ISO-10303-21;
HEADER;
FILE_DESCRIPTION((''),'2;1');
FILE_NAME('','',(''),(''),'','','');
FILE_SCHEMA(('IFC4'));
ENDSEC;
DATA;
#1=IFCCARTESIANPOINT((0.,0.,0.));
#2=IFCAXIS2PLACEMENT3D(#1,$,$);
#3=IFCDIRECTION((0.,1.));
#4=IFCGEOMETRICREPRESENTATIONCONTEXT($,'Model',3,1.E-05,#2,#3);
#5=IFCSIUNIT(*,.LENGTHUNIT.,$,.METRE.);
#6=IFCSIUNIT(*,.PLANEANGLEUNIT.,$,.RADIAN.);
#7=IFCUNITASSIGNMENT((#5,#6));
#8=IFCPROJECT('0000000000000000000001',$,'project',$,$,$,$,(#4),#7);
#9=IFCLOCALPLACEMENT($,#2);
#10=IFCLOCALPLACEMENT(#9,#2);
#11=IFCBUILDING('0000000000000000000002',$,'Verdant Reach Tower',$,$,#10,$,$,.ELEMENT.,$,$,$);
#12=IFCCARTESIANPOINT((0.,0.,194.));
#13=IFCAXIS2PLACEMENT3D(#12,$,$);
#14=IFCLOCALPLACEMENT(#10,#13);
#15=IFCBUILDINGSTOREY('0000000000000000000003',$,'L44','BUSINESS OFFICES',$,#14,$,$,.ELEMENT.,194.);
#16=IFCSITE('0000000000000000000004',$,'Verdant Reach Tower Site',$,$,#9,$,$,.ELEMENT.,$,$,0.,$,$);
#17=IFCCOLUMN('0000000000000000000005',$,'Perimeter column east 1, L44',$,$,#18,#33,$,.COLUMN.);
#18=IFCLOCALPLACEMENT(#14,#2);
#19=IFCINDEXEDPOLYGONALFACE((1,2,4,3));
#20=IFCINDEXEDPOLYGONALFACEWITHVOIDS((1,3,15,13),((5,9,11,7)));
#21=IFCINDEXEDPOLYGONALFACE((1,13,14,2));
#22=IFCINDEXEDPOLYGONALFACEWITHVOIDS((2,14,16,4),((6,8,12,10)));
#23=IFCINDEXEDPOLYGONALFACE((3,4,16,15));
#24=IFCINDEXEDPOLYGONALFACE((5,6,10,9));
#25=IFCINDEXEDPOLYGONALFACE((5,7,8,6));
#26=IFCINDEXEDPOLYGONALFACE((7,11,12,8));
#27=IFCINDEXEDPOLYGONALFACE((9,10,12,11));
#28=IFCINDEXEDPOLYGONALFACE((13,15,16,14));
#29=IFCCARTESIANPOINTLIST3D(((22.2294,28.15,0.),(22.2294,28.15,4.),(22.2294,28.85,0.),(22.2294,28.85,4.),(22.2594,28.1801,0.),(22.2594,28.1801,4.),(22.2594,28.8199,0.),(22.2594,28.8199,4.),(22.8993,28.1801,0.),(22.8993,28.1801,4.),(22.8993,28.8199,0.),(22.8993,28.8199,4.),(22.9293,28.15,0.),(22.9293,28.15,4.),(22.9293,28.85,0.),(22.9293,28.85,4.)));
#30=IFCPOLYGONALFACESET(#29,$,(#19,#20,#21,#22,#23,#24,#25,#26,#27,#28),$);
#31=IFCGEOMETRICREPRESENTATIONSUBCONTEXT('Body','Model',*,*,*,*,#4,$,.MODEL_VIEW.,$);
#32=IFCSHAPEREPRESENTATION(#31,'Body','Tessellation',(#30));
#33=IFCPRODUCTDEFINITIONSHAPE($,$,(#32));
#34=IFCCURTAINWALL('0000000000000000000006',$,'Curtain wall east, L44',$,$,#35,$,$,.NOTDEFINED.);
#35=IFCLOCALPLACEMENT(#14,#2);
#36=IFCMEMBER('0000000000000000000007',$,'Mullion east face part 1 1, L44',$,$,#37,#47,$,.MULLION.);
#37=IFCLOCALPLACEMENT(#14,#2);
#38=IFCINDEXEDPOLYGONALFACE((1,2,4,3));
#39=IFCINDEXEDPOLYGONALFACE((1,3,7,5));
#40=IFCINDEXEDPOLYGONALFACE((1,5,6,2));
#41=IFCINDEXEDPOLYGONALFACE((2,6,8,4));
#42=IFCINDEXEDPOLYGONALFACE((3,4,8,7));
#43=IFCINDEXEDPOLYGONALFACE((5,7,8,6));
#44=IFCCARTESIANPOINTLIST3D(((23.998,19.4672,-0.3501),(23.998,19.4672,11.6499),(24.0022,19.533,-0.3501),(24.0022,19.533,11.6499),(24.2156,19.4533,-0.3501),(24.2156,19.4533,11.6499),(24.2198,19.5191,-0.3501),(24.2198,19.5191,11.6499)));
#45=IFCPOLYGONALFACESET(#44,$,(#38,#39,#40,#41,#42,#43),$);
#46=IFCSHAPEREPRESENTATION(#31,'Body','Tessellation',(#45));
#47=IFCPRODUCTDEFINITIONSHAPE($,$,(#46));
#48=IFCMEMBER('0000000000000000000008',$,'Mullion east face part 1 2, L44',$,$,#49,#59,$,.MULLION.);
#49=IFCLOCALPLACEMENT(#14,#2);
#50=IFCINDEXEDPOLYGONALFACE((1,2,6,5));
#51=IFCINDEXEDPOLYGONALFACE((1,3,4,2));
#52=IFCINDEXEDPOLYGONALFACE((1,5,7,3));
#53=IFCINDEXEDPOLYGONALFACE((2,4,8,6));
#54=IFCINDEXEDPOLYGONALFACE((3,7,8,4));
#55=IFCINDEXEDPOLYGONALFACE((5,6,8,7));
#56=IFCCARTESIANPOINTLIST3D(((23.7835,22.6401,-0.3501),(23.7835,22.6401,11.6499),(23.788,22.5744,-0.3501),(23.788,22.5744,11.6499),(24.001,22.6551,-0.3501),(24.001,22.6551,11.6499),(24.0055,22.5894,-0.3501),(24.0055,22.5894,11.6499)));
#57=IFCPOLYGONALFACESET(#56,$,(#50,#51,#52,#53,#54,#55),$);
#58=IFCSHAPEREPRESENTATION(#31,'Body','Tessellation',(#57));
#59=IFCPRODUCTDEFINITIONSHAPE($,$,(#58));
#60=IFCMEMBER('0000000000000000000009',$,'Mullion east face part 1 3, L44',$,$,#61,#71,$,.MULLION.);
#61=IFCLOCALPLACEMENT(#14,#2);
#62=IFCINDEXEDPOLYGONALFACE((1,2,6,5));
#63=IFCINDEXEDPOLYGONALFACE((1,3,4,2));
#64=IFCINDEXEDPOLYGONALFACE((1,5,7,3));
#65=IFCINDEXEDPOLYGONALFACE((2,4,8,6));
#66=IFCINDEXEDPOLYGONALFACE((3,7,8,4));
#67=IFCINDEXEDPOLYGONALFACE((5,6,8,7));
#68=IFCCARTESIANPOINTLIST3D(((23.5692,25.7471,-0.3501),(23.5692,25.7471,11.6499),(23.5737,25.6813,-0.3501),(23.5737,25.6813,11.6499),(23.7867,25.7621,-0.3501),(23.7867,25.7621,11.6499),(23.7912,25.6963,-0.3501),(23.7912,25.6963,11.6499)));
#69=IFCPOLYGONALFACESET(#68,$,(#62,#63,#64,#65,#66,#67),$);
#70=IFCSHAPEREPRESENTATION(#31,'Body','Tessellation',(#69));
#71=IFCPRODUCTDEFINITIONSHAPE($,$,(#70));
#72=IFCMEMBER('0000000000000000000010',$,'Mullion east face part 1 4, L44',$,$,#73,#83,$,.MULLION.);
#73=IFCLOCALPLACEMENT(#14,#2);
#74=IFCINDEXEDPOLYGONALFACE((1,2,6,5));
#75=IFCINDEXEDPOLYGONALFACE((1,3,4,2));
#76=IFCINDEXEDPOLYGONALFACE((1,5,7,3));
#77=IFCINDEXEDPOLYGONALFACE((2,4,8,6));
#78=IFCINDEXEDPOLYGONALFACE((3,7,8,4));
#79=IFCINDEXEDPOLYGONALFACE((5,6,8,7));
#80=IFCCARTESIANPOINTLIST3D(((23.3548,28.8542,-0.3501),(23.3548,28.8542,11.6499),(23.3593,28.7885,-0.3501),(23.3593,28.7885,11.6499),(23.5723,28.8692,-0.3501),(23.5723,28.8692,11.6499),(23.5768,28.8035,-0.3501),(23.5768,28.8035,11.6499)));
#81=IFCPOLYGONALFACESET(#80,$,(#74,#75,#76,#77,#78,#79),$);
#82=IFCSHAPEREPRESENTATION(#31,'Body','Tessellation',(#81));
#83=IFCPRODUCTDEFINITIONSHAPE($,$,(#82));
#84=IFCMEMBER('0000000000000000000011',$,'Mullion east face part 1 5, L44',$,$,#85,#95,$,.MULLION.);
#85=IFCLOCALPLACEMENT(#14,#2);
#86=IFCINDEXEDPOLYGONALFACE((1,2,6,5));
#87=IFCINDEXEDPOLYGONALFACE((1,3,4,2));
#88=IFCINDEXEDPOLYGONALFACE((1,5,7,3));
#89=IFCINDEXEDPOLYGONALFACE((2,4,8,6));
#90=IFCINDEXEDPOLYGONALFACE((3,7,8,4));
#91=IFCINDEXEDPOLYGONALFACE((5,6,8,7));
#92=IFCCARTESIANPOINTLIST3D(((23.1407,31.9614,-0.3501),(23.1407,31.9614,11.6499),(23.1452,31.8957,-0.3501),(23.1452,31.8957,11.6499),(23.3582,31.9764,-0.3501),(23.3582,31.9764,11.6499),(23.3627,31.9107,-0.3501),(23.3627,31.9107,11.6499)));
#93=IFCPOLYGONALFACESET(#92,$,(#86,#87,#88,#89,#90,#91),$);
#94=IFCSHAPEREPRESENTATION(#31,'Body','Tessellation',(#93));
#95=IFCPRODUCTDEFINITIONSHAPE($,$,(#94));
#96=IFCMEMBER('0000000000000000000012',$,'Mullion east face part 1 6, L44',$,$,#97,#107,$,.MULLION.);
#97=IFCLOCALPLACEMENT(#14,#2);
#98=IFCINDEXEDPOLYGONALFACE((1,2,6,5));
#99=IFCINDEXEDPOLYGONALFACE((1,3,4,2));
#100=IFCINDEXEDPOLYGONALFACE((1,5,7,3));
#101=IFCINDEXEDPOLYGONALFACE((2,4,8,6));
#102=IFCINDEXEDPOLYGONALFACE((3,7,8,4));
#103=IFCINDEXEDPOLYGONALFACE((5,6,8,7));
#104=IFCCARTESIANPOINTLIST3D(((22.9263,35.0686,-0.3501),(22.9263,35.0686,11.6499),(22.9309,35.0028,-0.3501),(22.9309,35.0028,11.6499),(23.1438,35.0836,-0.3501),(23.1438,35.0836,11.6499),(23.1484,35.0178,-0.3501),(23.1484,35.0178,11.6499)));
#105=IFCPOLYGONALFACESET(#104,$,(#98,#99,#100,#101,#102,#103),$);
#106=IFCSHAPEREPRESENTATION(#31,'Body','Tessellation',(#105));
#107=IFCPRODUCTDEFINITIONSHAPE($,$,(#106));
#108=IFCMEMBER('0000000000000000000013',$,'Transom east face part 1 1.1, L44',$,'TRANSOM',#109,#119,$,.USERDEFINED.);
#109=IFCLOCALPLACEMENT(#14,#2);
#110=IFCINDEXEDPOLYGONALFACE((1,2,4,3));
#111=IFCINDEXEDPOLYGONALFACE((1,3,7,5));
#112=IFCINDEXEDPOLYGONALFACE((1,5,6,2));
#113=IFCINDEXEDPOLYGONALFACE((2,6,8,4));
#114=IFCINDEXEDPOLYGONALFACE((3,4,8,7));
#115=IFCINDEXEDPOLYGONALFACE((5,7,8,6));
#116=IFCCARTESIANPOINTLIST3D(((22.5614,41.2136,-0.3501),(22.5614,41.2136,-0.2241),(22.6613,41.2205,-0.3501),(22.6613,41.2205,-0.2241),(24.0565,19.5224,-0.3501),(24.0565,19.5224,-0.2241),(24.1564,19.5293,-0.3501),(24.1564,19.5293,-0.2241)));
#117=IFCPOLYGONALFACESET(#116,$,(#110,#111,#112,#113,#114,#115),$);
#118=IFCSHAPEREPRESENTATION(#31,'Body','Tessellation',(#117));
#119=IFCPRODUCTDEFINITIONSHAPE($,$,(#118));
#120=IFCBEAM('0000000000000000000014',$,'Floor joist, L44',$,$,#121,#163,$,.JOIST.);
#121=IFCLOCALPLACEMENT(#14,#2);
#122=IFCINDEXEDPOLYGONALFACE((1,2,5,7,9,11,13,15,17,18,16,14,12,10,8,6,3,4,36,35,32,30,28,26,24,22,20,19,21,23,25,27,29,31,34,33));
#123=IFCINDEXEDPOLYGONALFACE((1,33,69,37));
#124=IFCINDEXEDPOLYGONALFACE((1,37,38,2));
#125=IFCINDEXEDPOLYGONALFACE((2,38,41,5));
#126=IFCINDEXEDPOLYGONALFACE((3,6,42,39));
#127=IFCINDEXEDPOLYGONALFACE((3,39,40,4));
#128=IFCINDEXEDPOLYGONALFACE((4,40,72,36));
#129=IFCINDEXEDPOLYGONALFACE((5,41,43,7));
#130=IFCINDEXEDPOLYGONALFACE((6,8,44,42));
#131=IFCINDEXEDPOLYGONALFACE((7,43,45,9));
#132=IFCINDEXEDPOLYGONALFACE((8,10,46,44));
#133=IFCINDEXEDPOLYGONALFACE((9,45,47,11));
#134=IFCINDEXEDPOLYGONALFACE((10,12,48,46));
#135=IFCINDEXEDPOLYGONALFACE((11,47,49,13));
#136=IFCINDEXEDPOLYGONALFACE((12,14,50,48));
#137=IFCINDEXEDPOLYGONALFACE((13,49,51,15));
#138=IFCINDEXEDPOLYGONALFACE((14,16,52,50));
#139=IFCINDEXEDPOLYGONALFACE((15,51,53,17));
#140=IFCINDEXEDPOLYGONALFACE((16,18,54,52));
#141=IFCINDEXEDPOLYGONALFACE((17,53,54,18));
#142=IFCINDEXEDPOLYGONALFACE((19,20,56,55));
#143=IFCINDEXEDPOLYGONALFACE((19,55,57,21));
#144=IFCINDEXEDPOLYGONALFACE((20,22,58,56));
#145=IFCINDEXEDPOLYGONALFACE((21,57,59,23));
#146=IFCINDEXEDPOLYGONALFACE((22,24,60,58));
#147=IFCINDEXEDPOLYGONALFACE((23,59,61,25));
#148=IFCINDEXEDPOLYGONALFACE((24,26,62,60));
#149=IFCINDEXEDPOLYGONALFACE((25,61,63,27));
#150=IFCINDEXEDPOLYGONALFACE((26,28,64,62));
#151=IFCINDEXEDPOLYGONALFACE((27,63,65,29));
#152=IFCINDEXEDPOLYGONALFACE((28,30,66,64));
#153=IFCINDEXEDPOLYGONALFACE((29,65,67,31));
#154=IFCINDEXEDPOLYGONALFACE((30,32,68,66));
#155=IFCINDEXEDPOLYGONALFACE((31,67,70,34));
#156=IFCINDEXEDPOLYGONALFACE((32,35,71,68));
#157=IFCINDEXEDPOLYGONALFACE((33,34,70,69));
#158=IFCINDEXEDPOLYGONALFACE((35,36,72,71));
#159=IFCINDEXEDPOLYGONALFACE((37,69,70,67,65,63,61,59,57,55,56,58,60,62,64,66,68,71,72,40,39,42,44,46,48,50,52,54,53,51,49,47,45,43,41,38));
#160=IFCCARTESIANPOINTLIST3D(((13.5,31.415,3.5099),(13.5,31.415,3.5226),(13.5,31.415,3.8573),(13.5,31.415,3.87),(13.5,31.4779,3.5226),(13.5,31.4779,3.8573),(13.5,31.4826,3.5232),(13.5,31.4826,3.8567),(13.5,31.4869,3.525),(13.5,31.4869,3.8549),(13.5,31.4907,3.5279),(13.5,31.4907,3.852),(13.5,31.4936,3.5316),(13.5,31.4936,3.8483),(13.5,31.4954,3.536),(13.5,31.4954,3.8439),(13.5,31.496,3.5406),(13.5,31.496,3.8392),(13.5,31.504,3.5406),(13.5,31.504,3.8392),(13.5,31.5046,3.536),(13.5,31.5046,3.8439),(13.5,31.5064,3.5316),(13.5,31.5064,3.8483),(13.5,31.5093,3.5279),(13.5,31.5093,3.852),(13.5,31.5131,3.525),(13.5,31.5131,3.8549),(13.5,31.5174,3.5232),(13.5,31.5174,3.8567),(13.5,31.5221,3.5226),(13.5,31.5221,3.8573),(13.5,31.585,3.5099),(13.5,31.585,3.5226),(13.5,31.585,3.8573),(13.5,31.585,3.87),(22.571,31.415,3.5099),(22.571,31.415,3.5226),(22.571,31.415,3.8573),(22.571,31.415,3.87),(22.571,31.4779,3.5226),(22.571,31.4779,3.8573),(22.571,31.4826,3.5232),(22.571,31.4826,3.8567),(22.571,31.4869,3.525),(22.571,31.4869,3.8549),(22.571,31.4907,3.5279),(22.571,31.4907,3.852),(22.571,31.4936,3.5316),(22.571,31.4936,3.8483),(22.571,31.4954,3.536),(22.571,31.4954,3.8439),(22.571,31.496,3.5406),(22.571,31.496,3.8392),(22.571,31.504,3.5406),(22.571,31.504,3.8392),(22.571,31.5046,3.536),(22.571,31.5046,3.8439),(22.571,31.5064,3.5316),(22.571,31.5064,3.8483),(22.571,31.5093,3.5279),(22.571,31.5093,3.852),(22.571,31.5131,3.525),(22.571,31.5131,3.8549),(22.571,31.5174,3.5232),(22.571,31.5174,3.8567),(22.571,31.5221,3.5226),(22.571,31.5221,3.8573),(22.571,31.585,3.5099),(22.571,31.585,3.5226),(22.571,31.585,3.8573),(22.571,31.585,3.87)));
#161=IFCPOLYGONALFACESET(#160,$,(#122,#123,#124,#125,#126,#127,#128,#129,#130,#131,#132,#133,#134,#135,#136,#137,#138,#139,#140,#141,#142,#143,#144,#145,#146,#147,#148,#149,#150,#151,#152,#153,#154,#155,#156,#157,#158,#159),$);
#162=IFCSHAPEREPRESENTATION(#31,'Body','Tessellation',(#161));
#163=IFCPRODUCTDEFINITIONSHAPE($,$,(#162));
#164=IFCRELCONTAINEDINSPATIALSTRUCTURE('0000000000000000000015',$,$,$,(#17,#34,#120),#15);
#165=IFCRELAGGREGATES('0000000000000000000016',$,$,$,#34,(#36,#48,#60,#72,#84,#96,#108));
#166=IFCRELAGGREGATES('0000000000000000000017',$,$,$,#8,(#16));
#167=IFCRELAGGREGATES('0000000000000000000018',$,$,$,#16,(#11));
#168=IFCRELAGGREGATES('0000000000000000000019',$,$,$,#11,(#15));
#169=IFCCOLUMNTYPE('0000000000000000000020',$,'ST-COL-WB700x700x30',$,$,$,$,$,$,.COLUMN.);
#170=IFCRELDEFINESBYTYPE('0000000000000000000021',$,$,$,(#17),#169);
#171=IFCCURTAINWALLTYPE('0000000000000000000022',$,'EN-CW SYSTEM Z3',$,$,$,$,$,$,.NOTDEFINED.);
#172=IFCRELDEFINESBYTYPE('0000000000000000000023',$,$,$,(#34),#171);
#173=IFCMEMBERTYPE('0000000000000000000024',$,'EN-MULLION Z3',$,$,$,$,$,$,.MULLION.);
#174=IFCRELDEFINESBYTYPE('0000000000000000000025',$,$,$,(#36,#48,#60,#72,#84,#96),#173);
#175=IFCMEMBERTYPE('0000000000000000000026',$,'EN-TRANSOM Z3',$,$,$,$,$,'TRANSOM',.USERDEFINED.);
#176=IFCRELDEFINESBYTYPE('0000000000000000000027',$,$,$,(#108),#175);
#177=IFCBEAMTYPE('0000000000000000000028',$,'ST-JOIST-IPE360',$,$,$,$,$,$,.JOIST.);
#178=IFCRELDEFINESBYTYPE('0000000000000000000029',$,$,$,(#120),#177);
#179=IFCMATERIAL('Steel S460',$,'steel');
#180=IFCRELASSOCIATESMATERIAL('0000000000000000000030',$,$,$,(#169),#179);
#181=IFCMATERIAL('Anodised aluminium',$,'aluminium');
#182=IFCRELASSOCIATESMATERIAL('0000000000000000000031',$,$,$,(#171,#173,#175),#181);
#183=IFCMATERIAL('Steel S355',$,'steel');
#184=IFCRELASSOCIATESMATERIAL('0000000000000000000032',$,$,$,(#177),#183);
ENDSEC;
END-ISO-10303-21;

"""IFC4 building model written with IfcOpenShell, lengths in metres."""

from ifc_helpers import new_model, si_unit, direction, frame, origin, origin_2d, place, context, subcontext, project, spatial, rectangle, hollow_rectangle, i_section, extrude, material, material_profile, profile_set, type_object, element, aggregate, save


model = new_model("IFC4")

# Units and contexts
model_context = context("Model", 3, precision=1e-05, world=origin(), true_north=direction((0.0, 1.0)))
body_context = subcontext(model_context, "Body", "Model", "MODEL_VIEW")
ifc_project = project(units=[si_unit("LENGTHUNIT", "METRE"), si_unit("PLANEANGLEUNIT", "RADIAN")], contexts=[model_context])

# Site, building, storey
site_placement = place(None, origin())
site = spatial("IfcSite", under=ifc_project, at=site_placement, Name="Verdant Reach Tower Site", CompositionType="ELEMENT", RefElevation=0.0)
building_placement = place(site_placement, origin())
building = spatial("IfcBuilding", under=site, at=building_placement, Name="Verdant Reach Tower", CompositionType="ELEMENT")
storey_placement = place(building_placement, frame((0.0, 0.0, 194.0)))
storey = spatial("IfcBuildingStorey", under=building, at=storey_placement, Name="L44", Description="BUSINESS OFFICES", CompositionType="ELEMENT", Elevation=194.0)

# Column
ifc_material_1 = material(Name="Steel S460", Category="steel")
ifc_material_profile_1 = material_profile(ifc_material_1, hollow_rectangle(XDim=0.7, YDim=0.7, WallThickness=0.03, at=origin_2d()), Name="WB 700x700x30")
ifc_profile_set_1 = profile_set([ifc_material_profile_1], Name="Steel S460")
column_type = type_object("IfcColumnType", Name="ST-COL-WB700x700x30", PredefinedType="COLUMN", material=ifc_profile_set_1)
column_placement = place(storey_placement, frame((22.5793, 28.5, 0.0), z_axis=(0.0, 0.0, 1.0), x_axis=(1.0, 0.0, 0.0)))
element("IfcColumn", 1, at=column_placement, inside=storey, type_object=column_type, Name="Perimeter column east 1, L44", PredefinedType="COLUMN", context=body_context, shape_type="SweptSolid", body=[
    extrude(hollow_rectangle(XDim=0.7, YDim=0.7, WallThickness=0.03, at=origin_2d()), origin(), (0.0, 0.0, 1.0), 4.0),
])

# Curtain wall, members
ifc_material_2 = material(Name="Anodised aluminium", Category="aluminium")
curtain_wall_type = type_object("IfcCurtainWallType", Name="EN-CW SYSTEM Z3", PredefinedType="NOTDEFINED", material=ifc_material_2)
curtain_wall_placement = place(storey_placement, origin())
curtain_wall = element("IfcCurtainWall", 2, at=curtain_wall_placement, inside=storey, type_object=curtain_wall_type, Name="Curtain wall east, L44", PredefinedType="NOTDEFINED")
ifc_material_profile_2 = material_profile(ifc_material_2, rectangle(XDim=0.218, YDim=0.0659, at=origin_2d()), Name="Mullion 66x218")
ifc_profile_set_2 = profile_set([ifc_material_profile_2], Name="Anodised aluminium")
member_type_1 = type_object("IfcMemberType", Name="EN-MULLION Z3", PredefinedType="MULLION", material=ifc_profile_set_2)
member_1_placement = place(storey_placement, frame((24.1089, 19.4932, -0.3501), z_axis=(0.0, 0.0, 1.0), x_axis=(0.997969, -0.063699, 0.0)))
member_1 = element("IfcMember", 3, at=member_1_placement, type_object=member_type_1, Name="Mullion east face part 1 1, L44", PredefinedType="MULLION", context=body_context, shape_type="SweptSolid", body=[
    extrude(rectangle(XDim=0.218, YDim=0.0659, at=origin_2d()), origin(), (0.0, 0.0, 1.0), 12.0),
])
member_2_placement = place(storey_placement, frame((23.8945, 22.6147, -0.3501), z_axis=(0.0, 0.0, 1.0), x_axis=(0.99763, 0.068802, 0.0)))
member_2 = element("IfcMember", 4, at=member_2_placement, type_object=member_type_1, Name="Mullion east face part 1 2, L44", PredefinedType="MULLION", context=body_context, shape_type="SweptSolid", body=[
    extrude(rectangle(XDim=0.218, YDim=0.0659, at=origin_2d()), origin(), (0.0, 0.0, 1.0), 12.0),
])
member_3_placement = place(storey_placement, frame((23.6802, 25.7217, -0.3501), z_axis=(0.0, 0.0, 1.0), x_axis=(0.99763, 0.068802, 0.0)))
member_3 = element("IfcMember", 5, at=member_3_placement, type_object=member_type_1, Name="Mullion east face part 1 3, L44", PredefinedType="MULLION", context=body_context, shape_type="SweptSolid", body=[
    extrude(rectangle(XDim=0.218, YDim=0.0659, at=origin_2d()), origin(), (0.0, 0.0, 1.0), 12.0),
])
member_4_placement = place(storey_placement, frame((23.4658, 28.8289, -0.3501), z_axis=(0.0, 0.0, 1.0), x_axis=(0.99763, 0.068802, 0.0)))
member_4 = element("IfcMember", 6, at=member_4_placement, type_object=member_type_1, Name="Mullion east face part 1 4, L44", PredefinedType="MULLION", context=body_context, shape_type="SweptSolid", body=[
    extrude(rectangle(XDim=0.218, YDim=0.0659, at=origin_2d()), origin(), (0.0, 0.0, 1.0), 12.0),
])
member_5_placement = place(storey_placement, frame((23.2517, 31.936, -0.3501), z_axis=(0.0, 0.0, 1.0), x_axis=(0.99763, 0.068802, 0.0)))
member_5 = element("IfcMember", 7, at=member_5_placement, type_object=member_type_1, Name="Mullion east face part 1 5, L44", PredefinedType="MULLION", context=body_context, shape_type="SweptSolid", body=[
    extrude(rectangle(XDim=0.218, YDim=0.0659, at=origin_2d()), origin(), (0.0, 0.0, 1.0), 12.0),
])
member_6_placement = place(storey_placement, frame((23.0374, 35.0432, -0.3501), z_axis=(0.0, 0.0, 1.0), x_axis=(0.99763, 0.068802, 0.0)))
member_6 = element("IfcMember", 8, at=member_6_placement, type_object=member_type_1, Name="Mullion east face part 1 6, L44", PredefinedType="MULLION", context=body_context, shape_type="SweptSolid", body=[
    extrude(rectangle(XDim=0.218, YDim=0.0659, at=origin_2d()), origin(), (0.0, 0.0, 1.0), 12.0),
])
ifc_material_profile_3 = material_profile(ifc_material_2, rectangle(XDim=0.1001, YDim=0.126, at=origin_2d()), Name="Transom 126x100")
ifc_profile_set_3 = profile_set([ifc_material_profile_3], Name="Anodised aluminium")
member_type_2 = type_object("IfcMemberType", Name="EN-TRANSOM Z3", ElementType="TRANSOM", PredefinedType="USERDEFINED", material=ifc_profile_set_3)
member_7_placement = place(storey_placement, frame((24.1064, 19.5259, -0.2871), z_axis=(-0.068764, 0.997633, 0.0), x_axis=(-0.997633, -0.068764, 0.0)))
member_7 = element("IfcMember", 9, at=member_7_placement, type_object=member_type_2, Name="Transom east face part 1 1.1, L44", ObjectType="TRANSOM", PredefinedType="USERDEFINED", context=body_context, shape_type="SweptSolid", body=[
    extrude(rectangle(XDim=0.1001, YDim=0.126, at=origin_2d()), origin(), (0.0, 0.0, 1.0), 21.7427),
])

# Beam
ifc_material_3 = material(Name="Steel S355", Category="steel")
ifc_material_profile_4 = material_profile(ifc_material_3, i_section(OverallWidth=0.1699, OverallDepth=0.3601, WebThickness=0.0081, FlangeThickness=0.0127, FilletRadius=0.0181, at=origin_2d()), Name="IPE 360")
ifc_profile_set_4 = profile_set([ifc_material_profile_4], Name="Steel S355")
beam_type_1 = type_object("IfcBeamType", Name="ST-JOIST-IPE360", PredefinedType="JOIST", material=ifc_profile_set_4)
beam_1_placement = place(storey_placement, frame((13.5, 31.5, 3.6899), z_axis=(1.0, 0.0, 0.0), x_axis=(0.0, 1.0, 0.0)))
element("IfcBeam", 10, at=beam_1_placement, inside=storey, type_object=beam_type_1, Name="Floor joist, L44", PredefinedType="JOIST", context=body_context, shape_type="SweptSolid", body=[
    extrude(i_section(OverallWidth=0.1699, OverallDepth=0.3601, WebThickness=0.0081, FlangeThickness=0.0127, FilletRadius=0.0181, at=origin_2d()), origin(), (0.0, 0.0, 1.0), 9.071),
])

aggregate(curtain_wall, [member_1, member_2, member_3, member_4, member_5, member_6, member_7])

save(model, "model.ifc")
